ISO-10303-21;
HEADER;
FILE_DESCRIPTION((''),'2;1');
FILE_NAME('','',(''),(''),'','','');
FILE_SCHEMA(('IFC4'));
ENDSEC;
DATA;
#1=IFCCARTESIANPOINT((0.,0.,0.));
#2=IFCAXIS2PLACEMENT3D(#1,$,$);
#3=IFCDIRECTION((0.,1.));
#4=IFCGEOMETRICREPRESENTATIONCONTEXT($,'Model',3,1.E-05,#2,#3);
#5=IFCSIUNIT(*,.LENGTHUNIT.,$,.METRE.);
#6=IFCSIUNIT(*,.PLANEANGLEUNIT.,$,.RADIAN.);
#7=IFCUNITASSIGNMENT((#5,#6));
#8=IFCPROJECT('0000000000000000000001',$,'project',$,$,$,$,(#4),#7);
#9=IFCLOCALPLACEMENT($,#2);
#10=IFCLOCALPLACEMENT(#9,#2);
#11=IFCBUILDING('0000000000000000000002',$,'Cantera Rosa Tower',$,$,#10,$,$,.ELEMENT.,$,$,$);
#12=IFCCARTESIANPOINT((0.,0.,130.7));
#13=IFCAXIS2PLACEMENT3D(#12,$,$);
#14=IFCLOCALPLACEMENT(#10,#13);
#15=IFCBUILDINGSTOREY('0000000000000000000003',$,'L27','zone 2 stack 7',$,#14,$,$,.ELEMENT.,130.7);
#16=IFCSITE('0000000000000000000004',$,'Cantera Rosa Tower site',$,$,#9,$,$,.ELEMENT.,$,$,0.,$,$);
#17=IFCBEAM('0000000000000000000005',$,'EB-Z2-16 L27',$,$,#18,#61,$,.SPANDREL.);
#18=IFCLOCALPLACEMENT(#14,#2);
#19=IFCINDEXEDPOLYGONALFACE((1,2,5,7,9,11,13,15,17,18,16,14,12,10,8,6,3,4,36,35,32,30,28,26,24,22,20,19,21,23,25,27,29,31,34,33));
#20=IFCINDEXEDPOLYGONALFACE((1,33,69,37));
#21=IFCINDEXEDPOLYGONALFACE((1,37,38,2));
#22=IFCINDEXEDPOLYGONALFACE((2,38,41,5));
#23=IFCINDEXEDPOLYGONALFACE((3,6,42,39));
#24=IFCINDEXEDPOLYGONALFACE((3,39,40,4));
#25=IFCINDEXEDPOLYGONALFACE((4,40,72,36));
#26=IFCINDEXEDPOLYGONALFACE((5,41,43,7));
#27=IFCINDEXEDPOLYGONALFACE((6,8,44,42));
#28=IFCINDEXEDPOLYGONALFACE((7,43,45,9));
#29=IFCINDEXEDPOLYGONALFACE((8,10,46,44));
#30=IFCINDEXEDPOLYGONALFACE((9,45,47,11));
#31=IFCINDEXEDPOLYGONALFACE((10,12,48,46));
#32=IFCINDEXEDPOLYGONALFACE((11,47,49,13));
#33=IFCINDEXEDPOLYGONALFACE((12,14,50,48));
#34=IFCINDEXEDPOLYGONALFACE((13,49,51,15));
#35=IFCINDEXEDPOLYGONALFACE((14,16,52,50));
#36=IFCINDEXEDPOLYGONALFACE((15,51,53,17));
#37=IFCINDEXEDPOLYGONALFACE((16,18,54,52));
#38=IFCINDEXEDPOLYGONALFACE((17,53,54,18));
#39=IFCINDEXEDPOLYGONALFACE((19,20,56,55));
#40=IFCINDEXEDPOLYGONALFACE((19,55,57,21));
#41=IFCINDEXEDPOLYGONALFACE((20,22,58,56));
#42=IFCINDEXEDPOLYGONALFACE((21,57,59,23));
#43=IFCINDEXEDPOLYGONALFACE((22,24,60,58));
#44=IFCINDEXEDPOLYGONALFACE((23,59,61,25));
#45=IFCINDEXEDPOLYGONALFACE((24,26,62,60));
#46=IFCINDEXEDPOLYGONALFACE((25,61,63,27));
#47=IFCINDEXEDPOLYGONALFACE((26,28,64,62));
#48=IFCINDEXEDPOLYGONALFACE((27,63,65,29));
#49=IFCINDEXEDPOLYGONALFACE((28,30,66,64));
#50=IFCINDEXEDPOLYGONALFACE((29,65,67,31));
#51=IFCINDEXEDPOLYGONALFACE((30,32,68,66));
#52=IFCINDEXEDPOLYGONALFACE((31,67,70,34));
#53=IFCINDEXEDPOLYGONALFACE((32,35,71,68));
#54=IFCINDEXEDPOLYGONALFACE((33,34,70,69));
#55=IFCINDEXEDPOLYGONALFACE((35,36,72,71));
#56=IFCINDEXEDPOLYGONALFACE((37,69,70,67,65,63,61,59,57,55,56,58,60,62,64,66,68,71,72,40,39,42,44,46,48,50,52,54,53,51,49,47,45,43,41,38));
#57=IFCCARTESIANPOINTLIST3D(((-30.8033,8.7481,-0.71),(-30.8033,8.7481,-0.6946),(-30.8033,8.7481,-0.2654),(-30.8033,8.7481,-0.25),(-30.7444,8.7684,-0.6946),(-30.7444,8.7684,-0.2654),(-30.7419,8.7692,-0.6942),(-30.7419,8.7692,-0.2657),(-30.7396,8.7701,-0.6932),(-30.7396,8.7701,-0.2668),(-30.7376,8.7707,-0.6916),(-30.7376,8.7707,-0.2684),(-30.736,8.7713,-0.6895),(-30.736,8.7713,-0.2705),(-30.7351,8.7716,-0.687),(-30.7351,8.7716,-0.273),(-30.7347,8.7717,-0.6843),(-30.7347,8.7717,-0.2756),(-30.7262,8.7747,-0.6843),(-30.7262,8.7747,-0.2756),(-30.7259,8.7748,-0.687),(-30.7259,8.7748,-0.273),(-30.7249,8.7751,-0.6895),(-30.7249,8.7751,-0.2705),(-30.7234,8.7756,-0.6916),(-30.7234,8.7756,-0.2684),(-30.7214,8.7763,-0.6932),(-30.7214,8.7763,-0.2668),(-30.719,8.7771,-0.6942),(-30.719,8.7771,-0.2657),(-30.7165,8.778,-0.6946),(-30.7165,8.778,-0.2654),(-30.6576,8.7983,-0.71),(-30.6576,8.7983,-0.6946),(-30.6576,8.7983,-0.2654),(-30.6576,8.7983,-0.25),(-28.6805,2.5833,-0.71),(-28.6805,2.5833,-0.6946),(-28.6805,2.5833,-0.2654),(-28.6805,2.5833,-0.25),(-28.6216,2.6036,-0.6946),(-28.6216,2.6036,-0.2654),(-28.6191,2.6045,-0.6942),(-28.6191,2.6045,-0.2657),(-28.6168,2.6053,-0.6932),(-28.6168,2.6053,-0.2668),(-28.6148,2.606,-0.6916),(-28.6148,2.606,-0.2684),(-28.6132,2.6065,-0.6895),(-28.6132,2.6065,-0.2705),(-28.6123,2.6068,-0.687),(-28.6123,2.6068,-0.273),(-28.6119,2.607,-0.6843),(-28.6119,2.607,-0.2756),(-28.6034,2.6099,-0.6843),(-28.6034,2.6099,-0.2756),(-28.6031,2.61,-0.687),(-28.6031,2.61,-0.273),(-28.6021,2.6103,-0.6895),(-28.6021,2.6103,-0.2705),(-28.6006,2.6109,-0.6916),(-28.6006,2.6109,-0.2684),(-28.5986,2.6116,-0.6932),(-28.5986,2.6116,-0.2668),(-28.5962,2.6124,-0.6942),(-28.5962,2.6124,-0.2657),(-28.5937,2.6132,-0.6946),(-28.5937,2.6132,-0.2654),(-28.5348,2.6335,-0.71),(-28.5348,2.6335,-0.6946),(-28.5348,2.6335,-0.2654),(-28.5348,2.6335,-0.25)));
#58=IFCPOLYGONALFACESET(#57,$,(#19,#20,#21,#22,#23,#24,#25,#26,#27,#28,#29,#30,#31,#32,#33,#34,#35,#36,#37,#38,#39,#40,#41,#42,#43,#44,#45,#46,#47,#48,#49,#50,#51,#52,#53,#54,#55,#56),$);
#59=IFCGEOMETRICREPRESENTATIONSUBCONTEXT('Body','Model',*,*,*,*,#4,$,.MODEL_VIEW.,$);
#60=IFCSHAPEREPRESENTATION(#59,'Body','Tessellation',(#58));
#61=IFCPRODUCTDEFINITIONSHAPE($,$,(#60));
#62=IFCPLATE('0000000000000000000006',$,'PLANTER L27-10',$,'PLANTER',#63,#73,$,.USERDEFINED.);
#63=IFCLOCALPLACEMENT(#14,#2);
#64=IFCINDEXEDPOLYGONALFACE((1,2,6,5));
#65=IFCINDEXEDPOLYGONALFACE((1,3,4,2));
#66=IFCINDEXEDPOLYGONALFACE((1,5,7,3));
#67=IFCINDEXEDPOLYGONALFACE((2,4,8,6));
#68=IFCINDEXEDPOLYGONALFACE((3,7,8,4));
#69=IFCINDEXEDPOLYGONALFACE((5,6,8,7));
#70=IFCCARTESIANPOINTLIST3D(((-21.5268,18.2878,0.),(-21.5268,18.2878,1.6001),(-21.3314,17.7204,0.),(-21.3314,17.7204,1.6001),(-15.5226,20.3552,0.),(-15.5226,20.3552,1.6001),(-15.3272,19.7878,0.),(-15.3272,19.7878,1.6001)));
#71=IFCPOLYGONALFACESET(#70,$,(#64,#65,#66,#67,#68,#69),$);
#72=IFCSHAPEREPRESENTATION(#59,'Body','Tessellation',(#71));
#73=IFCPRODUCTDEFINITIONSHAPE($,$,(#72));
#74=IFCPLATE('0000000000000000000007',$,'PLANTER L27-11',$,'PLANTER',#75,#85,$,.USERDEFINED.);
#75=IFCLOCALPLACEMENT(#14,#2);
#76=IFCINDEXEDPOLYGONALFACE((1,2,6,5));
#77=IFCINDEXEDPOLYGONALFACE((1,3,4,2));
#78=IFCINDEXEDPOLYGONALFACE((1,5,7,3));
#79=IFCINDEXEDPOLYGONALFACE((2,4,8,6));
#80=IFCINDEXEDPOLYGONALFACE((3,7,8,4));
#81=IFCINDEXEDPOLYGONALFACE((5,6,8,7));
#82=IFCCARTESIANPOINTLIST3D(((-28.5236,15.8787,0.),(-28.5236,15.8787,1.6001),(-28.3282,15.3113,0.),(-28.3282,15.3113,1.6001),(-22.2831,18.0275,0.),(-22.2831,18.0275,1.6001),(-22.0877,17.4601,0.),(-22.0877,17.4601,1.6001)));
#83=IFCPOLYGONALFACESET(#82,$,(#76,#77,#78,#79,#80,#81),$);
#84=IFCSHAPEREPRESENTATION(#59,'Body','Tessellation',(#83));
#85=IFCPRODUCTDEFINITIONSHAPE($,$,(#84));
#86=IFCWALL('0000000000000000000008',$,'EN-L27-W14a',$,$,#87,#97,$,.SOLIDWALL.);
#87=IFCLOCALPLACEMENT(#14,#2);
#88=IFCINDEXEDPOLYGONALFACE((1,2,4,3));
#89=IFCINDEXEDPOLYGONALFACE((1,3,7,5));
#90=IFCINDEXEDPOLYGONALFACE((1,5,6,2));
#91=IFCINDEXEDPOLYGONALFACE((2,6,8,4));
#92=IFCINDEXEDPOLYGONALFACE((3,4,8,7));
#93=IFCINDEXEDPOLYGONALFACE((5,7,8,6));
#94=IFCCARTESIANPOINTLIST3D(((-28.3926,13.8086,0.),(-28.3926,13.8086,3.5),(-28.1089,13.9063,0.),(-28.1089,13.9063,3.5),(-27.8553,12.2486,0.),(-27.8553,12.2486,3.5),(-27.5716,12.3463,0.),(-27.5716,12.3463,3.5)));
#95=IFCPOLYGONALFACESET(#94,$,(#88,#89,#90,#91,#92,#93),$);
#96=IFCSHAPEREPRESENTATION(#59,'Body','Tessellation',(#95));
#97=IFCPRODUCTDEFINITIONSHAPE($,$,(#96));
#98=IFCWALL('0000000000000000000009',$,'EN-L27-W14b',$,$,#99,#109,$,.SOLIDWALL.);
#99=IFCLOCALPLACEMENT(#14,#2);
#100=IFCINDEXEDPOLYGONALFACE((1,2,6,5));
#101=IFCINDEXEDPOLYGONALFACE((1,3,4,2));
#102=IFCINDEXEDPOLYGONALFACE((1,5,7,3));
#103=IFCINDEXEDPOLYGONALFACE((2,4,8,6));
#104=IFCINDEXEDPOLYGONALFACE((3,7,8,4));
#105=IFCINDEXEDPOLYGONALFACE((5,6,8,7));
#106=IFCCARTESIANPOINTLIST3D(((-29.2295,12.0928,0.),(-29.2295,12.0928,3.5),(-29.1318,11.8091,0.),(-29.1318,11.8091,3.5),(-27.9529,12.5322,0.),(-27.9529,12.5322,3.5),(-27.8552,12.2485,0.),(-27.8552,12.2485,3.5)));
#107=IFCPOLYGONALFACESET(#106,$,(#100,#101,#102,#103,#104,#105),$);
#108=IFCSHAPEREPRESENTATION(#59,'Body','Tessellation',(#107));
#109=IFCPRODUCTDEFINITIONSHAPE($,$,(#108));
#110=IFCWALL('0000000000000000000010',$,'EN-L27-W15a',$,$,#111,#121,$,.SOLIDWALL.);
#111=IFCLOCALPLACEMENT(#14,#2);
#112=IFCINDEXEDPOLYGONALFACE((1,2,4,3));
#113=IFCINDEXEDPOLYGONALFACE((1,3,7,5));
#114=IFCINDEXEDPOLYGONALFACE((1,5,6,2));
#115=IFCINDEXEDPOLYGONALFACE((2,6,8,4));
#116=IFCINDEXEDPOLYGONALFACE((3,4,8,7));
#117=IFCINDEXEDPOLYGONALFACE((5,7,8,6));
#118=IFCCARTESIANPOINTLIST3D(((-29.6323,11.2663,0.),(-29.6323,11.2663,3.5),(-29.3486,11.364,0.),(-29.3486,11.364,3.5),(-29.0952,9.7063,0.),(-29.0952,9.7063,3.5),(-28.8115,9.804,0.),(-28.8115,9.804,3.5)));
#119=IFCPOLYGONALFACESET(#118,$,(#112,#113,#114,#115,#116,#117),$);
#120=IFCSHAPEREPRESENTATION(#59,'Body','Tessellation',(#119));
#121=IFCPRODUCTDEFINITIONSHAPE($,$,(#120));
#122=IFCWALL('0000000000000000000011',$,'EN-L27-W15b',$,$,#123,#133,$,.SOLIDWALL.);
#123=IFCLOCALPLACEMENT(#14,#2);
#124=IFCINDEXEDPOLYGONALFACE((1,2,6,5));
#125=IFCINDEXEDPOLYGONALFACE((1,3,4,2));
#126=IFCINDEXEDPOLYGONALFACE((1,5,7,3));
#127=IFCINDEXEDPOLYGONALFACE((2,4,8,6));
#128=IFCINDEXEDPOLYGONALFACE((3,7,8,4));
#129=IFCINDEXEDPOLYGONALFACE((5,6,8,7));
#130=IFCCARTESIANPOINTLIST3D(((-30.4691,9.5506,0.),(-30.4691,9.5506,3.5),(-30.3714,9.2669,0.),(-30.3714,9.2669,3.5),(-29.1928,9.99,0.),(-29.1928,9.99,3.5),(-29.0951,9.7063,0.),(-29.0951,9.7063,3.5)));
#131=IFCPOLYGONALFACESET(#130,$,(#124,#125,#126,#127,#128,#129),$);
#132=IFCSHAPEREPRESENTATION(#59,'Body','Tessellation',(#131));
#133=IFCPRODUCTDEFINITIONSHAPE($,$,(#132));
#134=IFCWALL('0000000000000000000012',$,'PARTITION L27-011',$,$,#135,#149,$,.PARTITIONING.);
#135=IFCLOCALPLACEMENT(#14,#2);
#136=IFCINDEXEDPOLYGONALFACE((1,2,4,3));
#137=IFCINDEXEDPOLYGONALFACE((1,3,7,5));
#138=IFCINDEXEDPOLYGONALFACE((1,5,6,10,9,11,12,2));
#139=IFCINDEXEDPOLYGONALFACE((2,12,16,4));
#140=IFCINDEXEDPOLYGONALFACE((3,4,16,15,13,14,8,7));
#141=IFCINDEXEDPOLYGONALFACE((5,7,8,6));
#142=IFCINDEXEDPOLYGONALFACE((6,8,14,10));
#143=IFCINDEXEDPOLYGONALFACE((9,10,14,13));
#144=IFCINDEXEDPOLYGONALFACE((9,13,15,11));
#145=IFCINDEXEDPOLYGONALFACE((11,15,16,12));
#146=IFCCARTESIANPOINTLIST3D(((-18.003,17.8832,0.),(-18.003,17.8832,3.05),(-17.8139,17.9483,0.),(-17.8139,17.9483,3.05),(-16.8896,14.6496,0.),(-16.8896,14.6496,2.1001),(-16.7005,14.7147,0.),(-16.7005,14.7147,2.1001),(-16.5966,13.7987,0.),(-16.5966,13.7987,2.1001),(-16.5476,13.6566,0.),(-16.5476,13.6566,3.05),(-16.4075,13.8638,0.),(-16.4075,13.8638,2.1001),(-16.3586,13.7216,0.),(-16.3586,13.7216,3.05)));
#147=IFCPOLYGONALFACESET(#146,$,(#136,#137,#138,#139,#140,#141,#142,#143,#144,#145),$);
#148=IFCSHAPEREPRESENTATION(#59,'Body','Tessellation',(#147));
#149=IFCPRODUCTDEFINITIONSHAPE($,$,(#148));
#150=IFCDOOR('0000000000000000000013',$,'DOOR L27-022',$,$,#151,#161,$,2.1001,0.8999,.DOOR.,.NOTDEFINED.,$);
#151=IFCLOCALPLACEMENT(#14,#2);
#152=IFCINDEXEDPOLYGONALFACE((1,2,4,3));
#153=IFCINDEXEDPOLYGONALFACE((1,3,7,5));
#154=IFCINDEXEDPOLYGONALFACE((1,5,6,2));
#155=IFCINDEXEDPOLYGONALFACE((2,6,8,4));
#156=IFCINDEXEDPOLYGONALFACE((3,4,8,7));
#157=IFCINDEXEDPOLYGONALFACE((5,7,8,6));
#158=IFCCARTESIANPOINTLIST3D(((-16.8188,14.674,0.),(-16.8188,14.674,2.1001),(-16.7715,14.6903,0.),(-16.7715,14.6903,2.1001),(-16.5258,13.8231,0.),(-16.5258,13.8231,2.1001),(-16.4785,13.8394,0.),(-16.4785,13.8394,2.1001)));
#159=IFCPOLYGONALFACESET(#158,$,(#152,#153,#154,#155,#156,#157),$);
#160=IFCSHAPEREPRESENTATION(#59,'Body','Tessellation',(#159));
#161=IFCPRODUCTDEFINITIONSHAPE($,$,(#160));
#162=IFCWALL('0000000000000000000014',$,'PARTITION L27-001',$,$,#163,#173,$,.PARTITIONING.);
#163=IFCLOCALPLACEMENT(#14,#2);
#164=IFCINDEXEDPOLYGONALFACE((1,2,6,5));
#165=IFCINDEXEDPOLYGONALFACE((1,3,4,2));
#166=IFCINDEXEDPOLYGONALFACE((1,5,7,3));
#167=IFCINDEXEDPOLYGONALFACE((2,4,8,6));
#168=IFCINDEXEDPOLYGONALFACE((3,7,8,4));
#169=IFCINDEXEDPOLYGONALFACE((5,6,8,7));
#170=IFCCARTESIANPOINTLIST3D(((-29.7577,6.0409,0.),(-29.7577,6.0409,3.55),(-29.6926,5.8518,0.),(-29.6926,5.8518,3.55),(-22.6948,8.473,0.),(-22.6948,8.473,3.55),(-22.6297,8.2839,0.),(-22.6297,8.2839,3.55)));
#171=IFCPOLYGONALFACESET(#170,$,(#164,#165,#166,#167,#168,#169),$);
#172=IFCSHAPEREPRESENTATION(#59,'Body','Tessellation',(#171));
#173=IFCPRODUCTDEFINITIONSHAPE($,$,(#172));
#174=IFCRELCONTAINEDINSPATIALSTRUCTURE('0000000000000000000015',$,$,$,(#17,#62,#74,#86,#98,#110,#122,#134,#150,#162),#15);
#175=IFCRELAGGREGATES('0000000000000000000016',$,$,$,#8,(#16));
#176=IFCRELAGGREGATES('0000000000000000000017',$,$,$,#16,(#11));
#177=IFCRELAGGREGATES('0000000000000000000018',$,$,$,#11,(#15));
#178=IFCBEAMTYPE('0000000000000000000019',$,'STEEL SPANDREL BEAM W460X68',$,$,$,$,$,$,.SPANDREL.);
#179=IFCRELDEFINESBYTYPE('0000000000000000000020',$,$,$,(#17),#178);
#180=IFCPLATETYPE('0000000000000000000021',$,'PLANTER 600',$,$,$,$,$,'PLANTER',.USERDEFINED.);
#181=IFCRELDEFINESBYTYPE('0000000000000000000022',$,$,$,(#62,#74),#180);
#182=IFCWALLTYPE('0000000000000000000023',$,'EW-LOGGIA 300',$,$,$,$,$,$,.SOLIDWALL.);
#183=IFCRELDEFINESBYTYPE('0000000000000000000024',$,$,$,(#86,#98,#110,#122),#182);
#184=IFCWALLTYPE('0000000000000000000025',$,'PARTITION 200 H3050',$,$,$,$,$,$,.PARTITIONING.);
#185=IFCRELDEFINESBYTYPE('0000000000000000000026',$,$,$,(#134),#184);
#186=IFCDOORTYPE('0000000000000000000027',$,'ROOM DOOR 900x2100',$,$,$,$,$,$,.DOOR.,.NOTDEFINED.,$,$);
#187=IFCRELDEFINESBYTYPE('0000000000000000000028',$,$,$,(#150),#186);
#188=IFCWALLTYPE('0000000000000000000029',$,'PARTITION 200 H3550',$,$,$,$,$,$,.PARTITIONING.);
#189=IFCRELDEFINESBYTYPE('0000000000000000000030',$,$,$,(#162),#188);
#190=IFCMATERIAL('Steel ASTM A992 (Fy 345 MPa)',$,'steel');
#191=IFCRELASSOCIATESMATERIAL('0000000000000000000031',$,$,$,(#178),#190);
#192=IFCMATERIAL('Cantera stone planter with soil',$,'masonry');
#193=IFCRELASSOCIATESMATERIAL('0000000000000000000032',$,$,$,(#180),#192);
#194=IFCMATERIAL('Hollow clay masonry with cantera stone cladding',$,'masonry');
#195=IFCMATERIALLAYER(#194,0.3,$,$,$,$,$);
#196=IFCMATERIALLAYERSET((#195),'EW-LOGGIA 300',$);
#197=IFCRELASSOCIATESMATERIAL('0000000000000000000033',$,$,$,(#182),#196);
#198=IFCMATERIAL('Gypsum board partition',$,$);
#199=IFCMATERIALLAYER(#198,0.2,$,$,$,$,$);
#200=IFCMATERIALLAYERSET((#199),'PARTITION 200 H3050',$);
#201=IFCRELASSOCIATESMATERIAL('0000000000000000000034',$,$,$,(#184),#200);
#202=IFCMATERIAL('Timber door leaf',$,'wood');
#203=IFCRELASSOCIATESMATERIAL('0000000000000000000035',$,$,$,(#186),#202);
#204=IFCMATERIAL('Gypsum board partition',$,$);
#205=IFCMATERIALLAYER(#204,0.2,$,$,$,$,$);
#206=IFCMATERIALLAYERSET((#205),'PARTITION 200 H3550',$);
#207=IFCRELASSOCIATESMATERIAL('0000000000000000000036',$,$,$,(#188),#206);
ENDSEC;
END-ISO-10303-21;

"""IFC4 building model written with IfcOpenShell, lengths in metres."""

from ifc_helpers import new_model, si_unit, direction, frame, frame_2d, origin, origin_2d, place, context, subcontext, project, spatial, rectangle, i_section, extrude, material, layer, layer_set, material_profile, profile_set, type_object, element, fill, save


model = new_model("IFC4")

# Units and contexts
model_context = context("Model", 3, precision=1e-05, world=origin(), true_north=direction((0.0, 1.0)))
body_context = subcontext(model_context, "Body", "Model", "MODEL_VIEW")
ifc_project = project(units=[si_unit("LENGTHUNIT", "METRE"), si_unit("PLANEANGLEUNIT", "RADIAN")], contexts=[model_context])

# Site, building, storey
site_placement = place(None, origin())
site = spatial("IfcSite", under=ifc_project, at=site_placement, Name="Cantera Rosa Tower site", CompositionType="ELEMENT", RefElevation=0.0)
building_placement = place(site_placement, origin())
building = spatial("IfcBuilding", under=site, at=building_placement, Name="Cantera Rosa Tower", CompositionType="ELEMENT")
storey_placement = place(building_placement, frame((0.0, 0.0, 130.7)))
storey = spatial("IfcBuildingStorey", under=building, at=storey_placement, Name="L27", Description="zone 2 stack 7", CompositionType="ELEMENT", Elevation=130.7)

# Beam
ifc_material_1 = material(Name="Steel ASTM A992 (Fy 345 MPa)", Category="steel")
ifc_material_profile_1 = material_profile(ifc_material_1, i_section(OverallWidth=0.1541, OverallDepth=0.46, WebThickness=0.009, FlangeThickness=0.0154, FilletRadius=0.0103, at=origin_2d()), Name="W460X68")
ifc_profile_set_1 = profile_set([ifc_material_profile_1], Name="Steel ASTM A992 (Fy 345 MPa)")
beam_type_1 = type_object("IfcBeamType", Name="STEEL SPANDREL BEAM W460X68", PredefinedType="SPANDREL", material=ifc_profile_set_1)
beam_1_placement = place(storey_placement, frame((-30.7305, 8.7732, -0.48), z_axis=(0.325581, -0.945514, 0.0), x_axis=(0.945514, 0.325581, 0.0)))
element("IfcBeam", 1, at=beam_1_placement, inside=storey, type_object=beam_type_1, Name="EB-Z2-16 L27", PredefinedType="SPANDREL", context=body_context, shape_type="SweptSolid", body=[
    extrude(i_section(OverallWidth=0.1541, OverallDepth=0.46, WebThickness=0.009, FlangeThickness=0.0154, FilletRadius=0.0103, at=origin_2d()), origin(), (0.0, 0.0, 1.0), 6.52),
])

# Plates
ifc_material_2 = material(Name="Cantera stone planter with soil", Category="masonry")
plate_type = type_object("IfcPlateType", Name="PLANTER 600", ElementType="PLANTER", PredefinedType="USERDEFINED", material=ifc_material_2)
plate_1_placement = place(storey_placement, frame((-18.427, 19.0378, 0.0), z_axis=(0.0, 0.0, 1.0), x_axis=(-0.945519, -0.325568, 0.0)))
element("IfcPlate", 2, at=plate_1_placement, inside=storey, type_object=plate_type, Name="PLANTER L27-10", ObjectType="PLANTER", PredefinedType="USERDEFINED", context=body_context, shape_type="SweptSolid", body=[
    extrude(rectangle(XDim=6.3501, YDim=0.6001, at=origin_2d()), origin(), (0.0, 0.0, 1.0), 1.6001),
])
plate_2_placement = place(storey_placement, frame((-25.3057, 16.6694, 0.0), z_axis=(0.0, 0.0, 1.0), x_axis=(-0.945519, -0.325568, 0.0)))
element("IfcPlate", 3, at=plate_2_placement, inside=storey, type_object=plate_type, Name="PLANTER L27-11", ObjectType="PLANTER", PredefinedType="USERDEFINED", context=body_context, shape_type="SweptSolid", body=[
    extrude(rectangle(XDim=6.6001, YDim=0.6001, at=origin_2d()), origin(), (0.0, 0.0, 1.0), 1.6001),
])

# Walls
ifc_material_3 = material(Name="Hollow clay masonry with cantera stone cladding", Category="masonry")
ifc_layer_1 = layer(ifc_material_3, 0.3)
ifc_layer_set_1 = layer_set([ifc_layer_1], Name="EW-LOGGIA 300")
wall_type_1 = type_object("IfcWallType", Name="EW-LOGGIA 300", PredefinedType="SOLIDWALL", material=ifc_layer_set_1)
wall_1_placement = place(storey_placement, frame((-28.2507, 13.8574, 0.0), z_axis=(0.0, 0.0, 1.0), x_axis=(0.325667, -0.945485, 0.0)))
element("IfcWall", 4, at=wall_1_placement, inside=storey, type_object=wall_type_1, Name="EN-L27-W14a", PredefinedType="SOLIDWALL", context=body_context, shape_type="SweptSolid", body=[
    extrude(rectangle(XDim=1.6499, YDim=0.3, at=frame_2d((0.825, 0.0))), origin(), (0.0, 0.0, 1.0), 3.5),
])
wall_2_placement = place(storey_placement, frame((-27.9041, 12.3904, 0.0), z_axis=(0.0, 0.0, 1.0), x_axis=(-0.945546, -0.325489, 0.0)))
element("IfcWall", 5, at=wall_2_placement, inside=storey, type_object=wall_type_1, Name="EN-L27-W14b", PredefinedType="SOLIDWALL", context=body_context, shape_type="SweptSolid", body=[
    extrude(rectangle(XDim=1.3501, YDim=0.3, at=frame_2d((0.675, 0.0))), origin(), (0.0, 0.0, 1.0), 3.5),
])
wall_3_placement = place(storey_placement, frame((-29.4905, 11.3152, 0.0), z_axis=(0.0, 0.0, 1.0), x_axis=(0.325535, -0.94553, 0.0)))
element("IfcWall", 6, at=wall_3_placement, inside=storey, type_object=wall_type_1, Name="EN-L27-W15a", PredefinedType="SOLIDWALL", context=body_context, shape_type="SweptSolid", body=[
    extrude(rectangle(XDim=1.6499, YDim=0.3, at=frame_2d((0.825, 0.0))), origin(), (0.0, 0.0, 1.0), 3.5),
])
wall_4_placement = place(storey_placement, frame((-29.144, 9.8481, 0.0), z_axis=(0.0, 0.0, 1.0), x_axis=(-0.945527, -0.325545, 0.0)))
element("IfcWall", 7, at=wall_4_placement, inside=storey, type_object=wall_type_1, Name="EN-L27-W15b", PredefinedType="SOLIDWALL", context=body_context, shape_type="SweptSolid", body=[
    extrude(rectangle(XDim=1.3499, YDim=0.3, at=frame_2d((0.6748, 0.0))), origin(), (0.0, 0.0, 1.0), 3.5),
])

# Wall, opening, door
ifc_material_4 = material(Name="Gypsum board partition")
ifc_layer_2 = layer(ifc_material_4, 0.2)
ifc_layer_set_2 = layer_set([ifc_layer_2], Name="PARTITION 200 H3050")
wall_type_2 = type_object("IfcWallType", Name="PARTITION 200 H3050", PredefinedType="PARTITIONING", material=ifc_layer_set_2)
wall_5_placement = place(storey_placement, frame((-17.9084, 17.9158, 0.0), z_axis=(0.0, 0.0, 1.0), x_axis=(0.325568, -0.945519, 0.0)))
wall_5 = element("IfcWall", 8, at=wall_5_placement, inside=storey, type_object=wall_type_2, Name="PARTITION L27-011", PredefinedType="PARTITIONING", context=body_context, shape_type="SweptSolid", body=[
    extrude(rectangle(XDim=4.4702, YDim=0.2, at=frame_2d((2.2351, 0.0))), origin(), (0.0, 0.0, 1.0), 3.05),
])
opening_1_placement = place(wall_5_placement, frame((3.4199, 0.0, 0.0)))
opening_1 = element("IfcOpeningElement", 9, at=opening_1_placement, cuts=wall_5, PredefinedType="OPENING", context=body_context, shape_type="SweptSolid", body=[
    extrude(rectangle(XDim=0.8999, YDim=2.1001, at=frame_2d((0.45, 1.05))), frame((0.0, 0.1099, 0.0), z_axis=(0.0, -1.0, 0.0), x_axis=(1.0, 0.0, 0.0)), (0.0, 0.0, 1.0), 0.22),
])
ifc_material_5 = material(Name="Timber door leaf", Category="wood")
door_type_1 = type_object("IfcDoorType", Name="ROOM DOOR 900x2100", OperationType="NOTDEFINED", PredefinedType="DOOR", material=ifc_material_5)
door_1_placement = place(opening_1_placement, origin())
door_1 = element("IfcDoor", 10, at=door_1_placement, inside=storey, type_object=door_type_1, Name="DOOR L27-022", OperationType="NOTDEFINED", OverallHeight=2.1001, OverallWidth=0.8999, PredefinedType="DOOR", context=body_context, shape_type="SweptSolid", body=[
    extrude(rectangle(XDim=0.8999, YDim=2.1001, at=frame_2d((0.45, 1.05))), frame((0.0, 0.0249, 0.0), z_axis=(0.0, -1.0, 0.0), x_axis=(1.0, 0.0, 0.0)), (0.0, 0.0, 1.0), 0.05),
])
fill(opening_1, door_1)

# Wall
ifc_material_6 = material(Name="Gypsum board partition")
ifc_layer_3 = layer(ifc_material_6, 0.2)
ifc_layer_set_3 = layer_set([ifc_layer_3], Name="PARTITION 200 H3550")
wall_type_3 = type_object("IfcWallType", Name="PARTITION 200 H3550", PredefinedType="PARTITIONING", material=ifc_layer_set_3)
wall_6_placement = place(storey_placement, frame((-22.6624, 8.3784, 0.0), z_axis=(0.0, 0.0, 1.0), x_axis=(-0.945513, -0.325586, 0.0)))
element("IfcWall", 11, at=wall_6_placement, inside=storey, type_object=wall_type_3, Name="PARTITION L27-001", PredefinedType="PARTITIONING", context=body_context, shape_type="SweptSolid", body=[
    extrude(rectangle(XDim=7.47, YDim=0.2, at=frame_2d((3.7349, 0.0))), origin(), (0.0, 0.0, 1.0), 3.55),
])

save(model, "model.ifc")
